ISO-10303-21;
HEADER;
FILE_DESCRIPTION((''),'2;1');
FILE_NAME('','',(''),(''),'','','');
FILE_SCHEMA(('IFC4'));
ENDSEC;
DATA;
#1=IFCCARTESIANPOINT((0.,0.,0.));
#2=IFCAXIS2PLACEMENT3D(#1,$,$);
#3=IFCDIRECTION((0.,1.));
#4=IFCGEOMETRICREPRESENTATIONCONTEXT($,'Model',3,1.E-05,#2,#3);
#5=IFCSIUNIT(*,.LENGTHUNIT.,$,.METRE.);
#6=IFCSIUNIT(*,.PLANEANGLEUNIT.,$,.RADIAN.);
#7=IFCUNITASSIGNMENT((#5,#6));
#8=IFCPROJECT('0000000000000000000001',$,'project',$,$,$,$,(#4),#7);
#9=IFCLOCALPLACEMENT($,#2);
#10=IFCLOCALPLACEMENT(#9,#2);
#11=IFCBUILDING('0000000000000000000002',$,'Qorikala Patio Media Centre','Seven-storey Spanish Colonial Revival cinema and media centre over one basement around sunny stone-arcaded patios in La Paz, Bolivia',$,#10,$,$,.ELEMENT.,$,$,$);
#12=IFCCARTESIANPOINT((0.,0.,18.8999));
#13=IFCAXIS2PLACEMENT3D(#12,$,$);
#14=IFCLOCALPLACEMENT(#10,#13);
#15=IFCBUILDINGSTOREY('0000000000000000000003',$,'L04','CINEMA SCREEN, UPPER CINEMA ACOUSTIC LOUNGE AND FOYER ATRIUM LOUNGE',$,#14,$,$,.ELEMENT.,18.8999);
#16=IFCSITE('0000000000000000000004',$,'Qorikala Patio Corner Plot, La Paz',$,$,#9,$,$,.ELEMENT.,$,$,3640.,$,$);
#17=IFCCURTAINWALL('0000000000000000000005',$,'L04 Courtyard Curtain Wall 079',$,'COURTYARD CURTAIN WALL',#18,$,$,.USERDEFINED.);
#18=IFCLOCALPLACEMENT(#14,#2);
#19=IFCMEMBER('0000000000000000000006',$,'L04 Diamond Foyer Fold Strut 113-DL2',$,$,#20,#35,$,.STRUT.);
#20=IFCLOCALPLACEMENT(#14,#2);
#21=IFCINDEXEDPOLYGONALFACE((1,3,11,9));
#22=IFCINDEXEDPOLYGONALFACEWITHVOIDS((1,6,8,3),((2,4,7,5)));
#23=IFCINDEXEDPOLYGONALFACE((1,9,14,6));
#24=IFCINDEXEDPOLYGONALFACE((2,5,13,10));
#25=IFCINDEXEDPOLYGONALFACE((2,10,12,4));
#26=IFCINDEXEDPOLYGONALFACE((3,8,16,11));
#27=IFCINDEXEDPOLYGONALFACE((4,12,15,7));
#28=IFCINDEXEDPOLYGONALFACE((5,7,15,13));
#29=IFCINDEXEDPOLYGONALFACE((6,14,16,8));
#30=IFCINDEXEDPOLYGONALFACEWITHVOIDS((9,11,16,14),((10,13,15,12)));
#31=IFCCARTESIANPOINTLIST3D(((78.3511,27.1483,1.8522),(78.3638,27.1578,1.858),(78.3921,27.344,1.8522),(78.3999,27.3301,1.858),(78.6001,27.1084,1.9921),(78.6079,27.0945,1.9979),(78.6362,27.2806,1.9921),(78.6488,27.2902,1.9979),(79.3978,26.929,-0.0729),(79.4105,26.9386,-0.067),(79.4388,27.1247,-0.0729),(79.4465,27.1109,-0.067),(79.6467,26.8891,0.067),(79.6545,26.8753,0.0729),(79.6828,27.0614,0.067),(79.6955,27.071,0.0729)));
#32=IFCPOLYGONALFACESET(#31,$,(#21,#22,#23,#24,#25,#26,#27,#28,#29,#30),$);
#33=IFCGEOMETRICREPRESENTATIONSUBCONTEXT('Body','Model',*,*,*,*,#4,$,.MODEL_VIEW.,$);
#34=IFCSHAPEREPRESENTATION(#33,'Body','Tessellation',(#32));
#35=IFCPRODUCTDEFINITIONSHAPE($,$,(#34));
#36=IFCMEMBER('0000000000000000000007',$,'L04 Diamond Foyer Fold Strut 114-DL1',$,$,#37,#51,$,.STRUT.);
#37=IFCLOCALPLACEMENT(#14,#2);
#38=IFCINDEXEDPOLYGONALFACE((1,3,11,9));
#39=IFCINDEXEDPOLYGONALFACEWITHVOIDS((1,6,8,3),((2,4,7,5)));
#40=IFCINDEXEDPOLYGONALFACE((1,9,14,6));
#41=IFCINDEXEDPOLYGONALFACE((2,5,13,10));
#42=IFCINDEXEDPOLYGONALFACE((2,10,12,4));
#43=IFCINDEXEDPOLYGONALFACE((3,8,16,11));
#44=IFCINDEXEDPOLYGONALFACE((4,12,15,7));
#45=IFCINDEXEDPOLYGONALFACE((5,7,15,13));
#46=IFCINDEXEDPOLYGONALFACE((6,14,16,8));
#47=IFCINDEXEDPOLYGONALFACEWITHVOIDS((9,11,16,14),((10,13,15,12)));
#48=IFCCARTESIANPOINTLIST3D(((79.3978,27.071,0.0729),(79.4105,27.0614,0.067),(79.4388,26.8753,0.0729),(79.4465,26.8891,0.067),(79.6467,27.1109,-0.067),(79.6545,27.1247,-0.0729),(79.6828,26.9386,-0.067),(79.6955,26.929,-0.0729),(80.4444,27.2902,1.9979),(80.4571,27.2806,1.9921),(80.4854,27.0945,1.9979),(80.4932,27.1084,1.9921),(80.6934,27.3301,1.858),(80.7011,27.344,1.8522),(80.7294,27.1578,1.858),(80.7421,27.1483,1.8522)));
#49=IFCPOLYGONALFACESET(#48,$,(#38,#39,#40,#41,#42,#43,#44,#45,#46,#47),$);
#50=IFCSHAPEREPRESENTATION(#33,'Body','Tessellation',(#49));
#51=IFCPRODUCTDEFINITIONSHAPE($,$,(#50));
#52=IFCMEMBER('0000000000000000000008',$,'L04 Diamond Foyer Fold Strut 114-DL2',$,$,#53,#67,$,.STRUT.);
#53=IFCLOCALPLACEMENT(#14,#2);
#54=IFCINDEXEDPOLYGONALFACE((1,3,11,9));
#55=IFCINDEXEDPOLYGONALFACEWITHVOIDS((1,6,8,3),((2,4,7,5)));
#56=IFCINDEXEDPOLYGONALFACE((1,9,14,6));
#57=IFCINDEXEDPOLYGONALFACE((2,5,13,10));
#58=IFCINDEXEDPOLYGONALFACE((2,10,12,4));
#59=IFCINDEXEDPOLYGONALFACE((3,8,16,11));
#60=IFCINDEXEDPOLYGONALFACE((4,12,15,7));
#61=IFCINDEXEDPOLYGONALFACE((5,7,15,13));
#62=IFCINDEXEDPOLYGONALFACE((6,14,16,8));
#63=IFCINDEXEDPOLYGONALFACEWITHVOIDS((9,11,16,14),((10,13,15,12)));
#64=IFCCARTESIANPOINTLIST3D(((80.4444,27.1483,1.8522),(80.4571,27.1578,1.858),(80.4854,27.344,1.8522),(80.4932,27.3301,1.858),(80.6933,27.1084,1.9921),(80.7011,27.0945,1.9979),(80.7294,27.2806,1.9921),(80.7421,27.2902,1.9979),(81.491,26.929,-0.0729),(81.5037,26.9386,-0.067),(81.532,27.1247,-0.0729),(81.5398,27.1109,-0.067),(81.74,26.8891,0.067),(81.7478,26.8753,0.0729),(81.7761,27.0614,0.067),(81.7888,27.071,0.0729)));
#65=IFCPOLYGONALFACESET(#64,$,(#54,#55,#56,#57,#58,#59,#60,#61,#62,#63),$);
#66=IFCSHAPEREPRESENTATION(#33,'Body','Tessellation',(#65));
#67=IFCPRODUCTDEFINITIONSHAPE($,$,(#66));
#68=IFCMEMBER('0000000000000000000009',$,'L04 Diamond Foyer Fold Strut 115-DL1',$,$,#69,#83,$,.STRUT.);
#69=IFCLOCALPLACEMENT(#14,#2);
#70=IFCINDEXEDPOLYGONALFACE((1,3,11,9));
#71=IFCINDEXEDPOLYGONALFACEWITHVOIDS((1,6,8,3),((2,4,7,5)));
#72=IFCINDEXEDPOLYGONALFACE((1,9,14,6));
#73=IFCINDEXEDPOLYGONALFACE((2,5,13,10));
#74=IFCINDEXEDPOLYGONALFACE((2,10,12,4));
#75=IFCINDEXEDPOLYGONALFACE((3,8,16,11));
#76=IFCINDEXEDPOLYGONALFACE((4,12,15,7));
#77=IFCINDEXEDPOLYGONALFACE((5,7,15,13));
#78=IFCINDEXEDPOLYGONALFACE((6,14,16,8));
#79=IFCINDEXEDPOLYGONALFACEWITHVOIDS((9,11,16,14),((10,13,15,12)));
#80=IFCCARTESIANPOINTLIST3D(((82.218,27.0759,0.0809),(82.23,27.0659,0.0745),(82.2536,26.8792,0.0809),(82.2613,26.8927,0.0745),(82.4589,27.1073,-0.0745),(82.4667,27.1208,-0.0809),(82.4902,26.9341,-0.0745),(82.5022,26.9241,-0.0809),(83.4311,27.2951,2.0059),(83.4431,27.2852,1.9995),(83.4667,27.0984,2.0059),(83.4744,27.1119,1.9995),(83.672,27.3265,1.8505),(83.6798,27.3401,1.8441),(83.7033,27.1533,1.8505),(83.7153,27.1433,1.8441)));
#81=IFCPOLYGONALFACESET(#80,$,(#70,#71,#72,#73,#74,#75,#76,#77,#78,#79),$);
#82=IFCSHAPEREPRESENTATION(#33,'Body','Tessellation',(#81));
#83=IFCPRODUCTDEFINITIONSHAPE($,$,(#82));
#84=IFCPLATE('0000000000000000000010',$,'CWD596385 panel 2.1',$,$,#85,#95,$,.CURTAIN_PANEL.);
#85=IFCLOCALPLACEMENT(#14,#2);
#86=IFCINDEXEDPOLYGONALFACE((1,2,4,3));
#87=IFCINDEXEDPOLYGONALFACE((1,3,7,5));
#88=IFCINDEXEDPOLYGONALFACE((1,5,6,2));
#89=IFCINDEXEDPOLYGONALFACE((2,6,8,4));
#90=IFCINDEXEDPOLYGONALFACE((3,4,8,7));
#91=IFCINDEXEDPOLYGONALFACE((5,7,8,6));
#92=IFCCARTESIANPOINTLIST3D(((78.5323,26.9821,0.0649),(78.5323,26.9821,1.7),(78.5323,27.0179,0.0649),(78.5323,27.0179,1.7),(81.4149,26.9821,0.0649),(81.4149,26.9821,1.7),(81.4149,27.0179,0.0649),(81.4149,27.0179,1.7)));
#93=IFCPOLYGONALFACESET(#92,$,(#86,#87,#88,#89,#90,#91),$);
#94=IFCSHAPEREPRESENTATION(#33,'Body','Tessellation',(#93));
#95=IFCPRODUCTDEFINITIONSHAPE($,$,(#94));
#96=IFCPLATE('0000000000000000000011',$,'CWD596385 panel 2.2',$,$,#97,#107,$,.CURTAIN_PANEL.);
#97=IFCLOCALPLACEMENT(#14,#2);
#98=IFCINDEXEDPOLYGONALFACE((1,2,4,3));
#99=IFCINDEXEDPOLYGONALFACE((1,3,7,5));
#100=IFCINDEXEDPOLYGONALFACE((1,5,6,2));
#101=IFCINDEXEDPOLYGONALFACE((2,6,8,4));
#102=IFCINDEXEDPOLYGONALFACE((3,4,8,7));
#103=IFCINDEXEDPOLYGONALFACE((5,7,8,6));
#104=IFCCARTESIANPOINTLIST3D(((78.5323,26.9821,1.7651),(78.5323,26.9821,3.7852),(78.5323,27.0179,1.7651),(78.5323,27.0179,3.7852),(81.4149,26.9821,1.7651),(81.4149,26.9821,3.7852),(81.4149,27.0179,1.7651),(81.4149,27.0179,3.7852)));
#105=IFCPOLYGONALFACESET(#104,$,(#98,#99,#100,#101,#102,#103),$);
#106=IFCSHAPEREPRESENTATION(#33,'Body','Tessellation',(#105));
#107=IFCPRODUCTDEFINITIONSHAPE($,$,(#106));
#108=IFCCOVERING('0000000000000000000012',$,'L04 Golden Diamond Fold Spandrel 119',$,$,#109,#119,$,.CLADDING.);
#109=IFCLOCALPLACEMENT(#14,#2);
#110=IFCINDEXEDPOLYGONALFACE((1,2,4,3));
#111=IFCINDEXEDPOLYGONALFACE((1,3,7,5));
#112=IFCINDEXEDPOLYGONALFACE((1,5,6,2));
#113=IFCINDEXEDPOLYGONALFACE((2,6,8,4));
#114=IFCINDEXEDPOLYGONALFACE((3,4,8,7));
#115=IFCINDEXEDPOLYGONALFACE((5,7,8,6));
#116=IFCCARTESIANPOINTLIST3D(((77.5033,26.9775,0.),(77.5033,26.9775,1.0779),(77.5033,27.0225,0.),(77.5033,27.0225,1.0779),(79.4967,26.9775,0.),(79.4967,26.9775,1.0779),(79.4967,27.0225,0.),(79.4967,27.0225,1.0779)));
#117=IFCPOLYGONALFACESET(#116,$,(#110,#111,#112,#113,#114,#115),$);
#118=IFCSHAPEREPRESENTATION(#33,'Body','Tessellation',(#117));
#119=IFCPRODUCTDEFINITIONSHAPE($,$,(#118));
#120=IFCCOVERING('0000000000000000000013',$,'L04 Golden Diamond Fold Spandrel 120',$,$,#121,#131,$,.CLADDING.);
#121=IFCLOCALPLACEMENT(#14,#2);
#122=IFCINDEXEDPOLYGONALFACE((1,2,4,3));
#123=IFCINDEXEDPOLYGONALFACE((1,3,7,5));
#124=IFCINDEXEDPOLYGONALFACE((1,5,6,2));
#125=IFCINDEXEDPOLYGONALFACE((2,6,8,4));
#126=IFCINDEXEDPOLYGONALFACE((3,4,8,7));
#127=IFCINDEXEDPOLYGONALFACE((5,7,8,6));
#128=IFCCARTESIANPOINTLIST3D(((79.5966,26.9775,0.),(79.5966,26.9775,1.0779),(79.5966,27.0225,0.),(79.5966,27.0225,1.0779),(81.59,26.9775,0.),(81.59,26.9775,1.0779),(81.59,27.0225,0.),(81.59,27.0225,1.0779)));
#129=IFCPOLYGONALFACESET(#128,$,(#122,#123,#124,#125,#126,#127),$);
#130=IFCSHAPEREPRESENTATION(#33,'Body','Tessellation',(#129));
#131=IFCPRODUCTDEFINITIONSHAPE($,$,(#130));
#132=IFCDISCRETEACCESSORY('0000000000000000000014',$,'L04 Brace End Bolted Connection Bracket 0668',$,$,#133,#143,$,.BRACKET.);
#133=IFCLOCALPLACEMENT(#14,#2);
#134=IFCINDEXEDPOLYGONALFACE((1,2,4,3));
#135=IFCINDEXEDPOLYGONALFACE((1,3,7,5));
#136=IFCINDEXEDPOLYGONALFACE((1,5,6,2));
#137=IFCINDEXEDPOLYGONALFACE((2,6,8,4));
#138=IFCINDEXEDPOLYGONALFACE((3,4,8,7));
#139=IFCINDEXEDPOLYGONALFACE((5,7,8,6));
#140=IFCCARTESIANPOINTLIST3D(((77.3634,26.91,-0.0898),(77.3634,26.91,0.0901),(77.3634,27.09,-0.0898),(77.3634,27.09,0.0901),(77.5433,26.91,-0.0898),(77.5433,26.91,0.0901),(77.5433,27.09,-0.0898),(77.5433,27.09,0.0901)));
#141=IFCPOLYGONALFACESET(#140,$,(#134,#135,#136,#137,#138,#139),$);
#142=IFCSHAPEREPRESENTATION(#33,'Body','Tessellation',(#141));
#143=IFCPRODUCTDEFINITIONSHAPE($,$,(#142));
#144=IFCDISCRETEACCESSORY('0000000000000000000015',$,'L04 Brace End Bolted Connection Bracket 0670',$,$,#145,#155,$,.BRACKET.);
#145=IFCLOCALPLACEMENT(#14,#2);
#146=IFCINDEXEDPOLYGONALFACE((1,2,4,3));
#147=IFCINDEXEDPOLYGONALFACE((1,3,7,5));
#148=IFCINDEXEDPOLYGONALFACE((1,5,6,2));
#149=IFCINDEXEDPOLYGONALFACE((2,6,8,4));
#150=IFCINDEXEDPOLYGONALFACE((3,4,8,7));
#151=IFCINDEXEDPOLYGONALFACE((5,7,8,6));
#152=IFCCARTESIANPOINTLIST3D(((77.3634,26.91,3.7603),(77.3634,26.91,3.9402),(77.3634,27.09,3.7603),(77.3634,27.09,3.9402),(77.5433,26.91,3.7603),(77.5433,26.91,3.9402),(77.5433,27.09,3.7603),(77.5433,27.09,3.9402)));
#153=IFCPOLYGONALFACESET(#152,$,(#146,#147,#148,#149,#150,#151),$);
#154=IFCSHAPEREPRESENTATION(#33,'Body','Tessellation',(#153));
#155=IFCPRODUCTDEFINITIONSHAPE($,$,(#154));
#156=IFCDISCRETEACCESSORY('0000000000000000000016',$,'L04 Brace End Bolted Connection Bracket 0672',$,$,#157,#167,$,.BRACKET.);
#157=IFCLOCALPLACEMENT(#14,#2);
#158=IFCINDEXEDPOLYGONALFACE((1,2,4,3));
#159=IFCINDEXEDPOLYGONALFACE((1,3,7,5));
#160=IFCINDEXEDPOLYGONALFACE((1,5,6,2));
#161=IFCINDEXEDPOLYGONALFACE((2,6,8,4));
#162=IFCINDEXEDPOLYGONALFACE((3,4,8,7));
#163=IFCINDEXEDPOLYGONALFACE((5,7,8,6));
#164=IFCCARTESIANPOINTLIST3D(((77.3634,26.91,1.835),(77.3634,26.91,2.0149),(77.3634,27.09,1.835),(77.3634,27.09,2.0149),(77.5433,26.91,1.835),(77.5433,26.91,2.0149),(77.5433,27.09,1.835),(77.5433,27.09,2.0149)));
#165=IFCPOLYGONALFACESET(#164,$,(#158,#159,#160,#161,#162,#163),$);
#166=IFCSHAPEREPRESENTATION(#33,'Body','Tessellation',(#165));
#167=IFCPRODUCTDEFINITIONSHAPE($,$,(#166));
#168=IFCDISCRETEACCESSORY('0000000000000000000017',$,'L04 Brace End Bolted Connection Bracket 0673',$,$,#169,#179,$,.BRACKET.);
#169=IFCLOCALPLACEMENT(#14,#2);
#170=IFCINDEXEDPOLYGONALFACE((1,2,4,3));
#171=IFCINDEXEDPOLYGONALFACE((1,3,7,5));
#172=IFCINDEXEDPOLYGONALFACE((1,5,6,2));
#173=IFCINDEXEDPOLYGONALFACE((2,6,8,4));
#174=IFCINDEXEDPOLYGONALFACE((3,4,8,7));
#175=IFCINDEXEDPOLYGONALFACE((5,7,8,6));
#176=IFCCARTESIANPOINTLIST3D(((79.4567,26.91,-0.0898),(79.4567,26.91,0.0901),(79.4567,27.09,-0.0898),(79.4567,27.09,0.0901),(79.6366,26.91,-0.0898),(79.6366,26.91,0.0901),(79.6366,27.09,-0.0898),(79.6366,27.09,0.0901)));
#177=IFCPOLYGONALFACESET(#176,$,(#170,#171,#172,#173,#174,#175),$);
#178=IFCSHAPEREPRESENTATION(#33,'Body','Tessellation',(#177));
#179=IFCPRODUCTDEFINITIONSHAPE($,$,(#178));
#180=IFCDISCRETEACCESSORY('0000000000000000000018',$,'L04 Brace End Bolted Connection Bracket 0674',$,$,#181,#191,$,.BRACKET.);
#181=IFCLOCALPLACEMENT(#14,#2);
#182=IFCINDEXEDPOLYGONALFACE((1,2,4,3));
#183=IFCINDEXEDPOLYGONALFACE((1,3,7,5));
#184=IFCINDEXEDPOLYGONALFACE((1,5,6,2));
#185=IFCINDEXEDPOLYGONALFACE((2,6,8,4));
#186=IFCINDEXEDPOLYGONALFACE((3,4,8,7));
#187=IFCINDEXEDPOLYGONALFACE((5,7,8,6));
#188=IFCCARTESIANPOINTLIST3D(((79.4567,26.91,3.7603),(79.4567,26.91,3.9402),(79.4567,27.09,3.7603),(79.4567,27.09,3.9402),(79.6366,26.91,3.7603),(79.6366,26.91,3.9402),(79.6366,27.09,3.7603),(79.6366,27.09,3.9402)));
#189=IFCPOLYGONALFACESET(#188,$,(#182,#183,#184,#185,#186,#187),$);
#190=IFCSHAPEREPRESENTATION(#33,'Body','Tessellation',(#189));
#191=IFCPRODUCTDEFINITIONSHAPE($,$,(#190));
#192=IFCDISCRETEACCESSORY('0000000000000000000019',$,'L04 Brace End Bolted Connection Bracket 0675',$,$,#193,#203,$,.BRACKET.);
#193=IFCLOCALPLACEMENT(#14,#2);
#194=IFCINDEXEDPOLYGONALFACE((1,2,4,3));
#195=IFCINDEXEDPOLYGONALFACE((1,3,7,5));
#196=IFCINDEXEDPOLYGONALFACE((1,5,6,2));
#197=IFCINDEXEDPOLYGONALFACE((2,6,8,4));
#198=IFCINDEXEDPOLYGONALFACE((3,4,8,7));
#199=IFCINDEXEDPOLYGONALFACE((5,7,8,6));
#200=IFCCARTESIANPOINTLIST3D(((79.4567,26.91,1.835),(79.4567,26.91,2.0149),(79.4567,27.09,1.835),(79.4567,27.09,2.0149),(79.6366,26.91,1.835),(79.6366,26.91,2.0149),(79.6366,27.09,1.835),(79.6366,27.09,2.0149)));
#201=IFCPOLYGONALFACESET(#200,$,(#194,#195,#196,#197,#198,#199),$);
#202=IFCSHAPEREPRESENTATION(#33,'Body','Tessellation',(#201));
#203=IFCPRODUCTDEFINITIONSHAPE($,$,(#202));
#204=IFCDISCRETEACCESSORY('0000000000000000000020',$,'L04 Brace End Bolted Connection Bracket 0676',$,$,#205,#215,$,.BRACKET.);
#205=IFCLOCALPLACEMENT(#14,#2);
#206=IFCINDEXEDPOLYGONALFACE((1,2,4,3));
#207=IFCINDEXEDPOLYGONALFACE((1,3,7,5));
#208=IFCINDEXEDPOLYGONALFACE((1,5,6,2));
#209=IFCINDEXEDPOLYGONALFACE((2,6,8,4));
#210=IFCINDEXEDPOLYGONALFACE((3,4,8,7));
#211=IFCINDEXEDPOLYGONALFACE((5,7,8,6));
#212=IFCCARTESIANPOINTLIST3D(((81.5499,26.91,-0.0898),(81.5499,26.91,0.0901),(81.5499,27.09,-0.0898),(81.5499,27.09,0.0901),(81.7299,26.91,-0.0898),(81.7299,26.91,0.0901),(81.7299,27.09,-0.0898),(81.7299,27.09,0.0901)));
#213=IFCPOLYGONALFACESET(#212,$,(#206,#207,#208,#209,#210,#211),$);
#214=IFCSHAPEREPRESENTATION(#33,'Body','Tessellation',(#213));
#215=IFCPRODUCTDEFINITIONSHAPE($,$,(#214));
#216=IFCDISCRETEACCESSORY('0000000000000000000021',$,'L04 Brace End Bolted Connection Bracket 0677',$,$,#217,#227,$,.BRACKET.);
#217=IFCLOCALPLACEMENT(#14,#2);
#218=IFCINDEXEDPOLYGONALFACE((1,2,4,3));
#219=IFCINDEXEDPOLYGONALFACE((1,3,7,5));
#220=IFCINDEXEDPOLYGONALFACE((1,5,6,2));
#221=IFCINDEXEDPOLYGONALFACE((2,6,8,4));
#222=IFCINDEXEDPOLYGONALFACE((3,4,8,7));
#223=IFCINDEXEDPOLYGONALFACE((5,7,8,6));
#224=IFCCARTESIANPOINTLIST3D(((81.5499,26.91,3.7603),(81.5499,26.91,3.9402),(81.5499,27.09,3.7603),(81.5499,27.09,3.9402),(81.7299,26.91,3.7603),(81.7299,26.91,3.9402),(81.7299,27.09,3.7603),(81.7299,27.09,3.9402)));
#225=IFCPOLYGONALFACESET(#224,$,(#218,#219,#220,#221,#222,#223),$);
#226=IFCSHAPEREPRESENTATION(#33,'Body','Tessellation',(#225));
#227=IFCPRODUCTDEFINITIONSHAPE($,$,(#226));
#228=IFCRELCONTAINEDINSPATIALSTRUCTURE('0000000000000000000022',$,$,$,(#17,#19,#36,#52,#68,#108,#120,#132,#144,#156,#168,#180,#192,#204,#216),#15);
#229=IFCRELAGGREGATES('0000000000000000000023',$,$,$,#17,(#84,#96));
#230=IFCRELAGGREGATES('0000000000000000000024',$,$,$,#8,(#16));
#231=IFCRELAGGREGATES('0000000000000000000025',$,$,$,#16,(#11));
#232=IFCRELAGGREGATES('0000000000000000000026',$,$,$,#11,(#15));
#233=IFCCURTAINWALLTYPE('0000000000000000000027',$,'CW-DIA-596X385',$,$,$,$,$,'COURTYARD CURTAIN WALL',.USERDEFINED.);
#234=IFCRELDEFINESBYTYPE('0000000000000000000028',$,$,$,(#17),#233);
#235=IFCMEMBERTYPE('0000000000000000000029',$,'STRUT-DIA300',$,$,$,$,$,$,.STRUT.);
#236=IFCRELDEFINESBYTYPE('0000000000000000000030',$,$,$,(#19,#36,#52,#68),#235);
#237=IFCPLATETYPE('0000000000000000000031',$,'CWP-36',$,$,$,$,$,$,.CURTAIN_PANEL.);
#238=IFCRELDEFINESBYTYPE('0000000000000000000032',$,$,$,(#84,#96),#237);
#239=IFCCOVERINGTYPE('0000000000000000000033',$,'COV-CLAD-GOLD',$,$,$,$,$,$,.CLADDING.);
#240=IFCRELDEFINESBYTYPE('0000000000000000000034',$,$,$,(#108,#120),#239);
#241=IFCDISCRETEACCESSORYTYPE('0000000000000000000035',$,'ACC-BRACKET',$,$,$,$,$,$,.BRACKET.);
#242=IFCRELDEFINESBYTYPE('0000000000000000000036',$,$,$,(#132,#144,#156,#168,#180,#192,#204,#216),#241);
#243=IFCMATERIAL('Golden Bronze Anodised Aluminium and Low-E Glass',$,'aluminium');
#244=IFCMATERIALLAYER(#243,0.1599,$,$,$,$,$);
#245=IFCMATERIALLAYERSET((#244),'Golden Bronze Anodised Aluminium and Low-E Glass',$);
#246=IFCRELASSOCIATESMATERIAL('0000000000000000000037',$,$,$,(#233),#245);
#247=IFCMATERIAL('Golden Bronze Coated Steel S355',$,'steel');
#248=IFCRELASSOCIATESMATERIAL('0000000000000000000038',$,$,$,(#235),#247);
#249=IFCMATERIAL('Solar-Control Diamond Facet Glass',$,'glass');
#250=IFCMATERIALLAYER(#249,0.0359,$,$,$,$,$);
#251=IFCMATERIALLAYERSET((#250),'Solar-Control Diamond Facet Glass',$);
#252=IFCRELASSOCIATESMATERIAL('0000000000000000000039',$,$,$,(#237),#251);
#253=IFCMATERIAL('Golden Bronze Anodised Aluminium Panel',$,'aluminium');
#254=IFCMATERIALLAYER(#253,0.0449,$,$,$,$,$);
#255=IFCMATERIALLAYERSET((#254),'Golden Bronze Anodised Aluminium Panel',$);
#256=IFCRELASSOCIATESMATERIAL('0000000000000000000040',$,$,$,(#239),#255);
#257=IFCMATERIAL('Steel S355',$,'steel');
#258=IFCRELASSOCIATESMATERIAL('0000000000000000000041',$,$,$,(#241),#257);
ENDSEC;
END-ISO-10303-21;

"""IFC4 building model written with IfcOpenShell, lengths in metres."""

from ifc_helpers import new_model, si_unit, direction, frame, origin, origin_2d, place, context, subcontext, project, spatial, rectangle, hollow_rectangle, extrude, material, layer, layer_set, material_profile, profile_set, type_object, element, aggregate, save


model = new_model("IFC4")

# Units and contexts
model_context = context("Model", 3, precision=1e-05, world=origin(), true_north=direction((0.0, 1.0)))
body_context = subcontext(model_context, "Body", "Model", "MODEL_VIEW")
ifc_project = project(units=[si_unit("LENGTHUNIT", "METRE"), si_unit("PLANEANGLEUNIT", "RADIAN")], contexts=[model_context])

# Site, building, storey
site_placement = place(None, origin())
site = spatial("IfcSite", under=ifc_project, at=site_placement, Name="Qorikala Patio Corner Plot, La Paz", CompositionType="ELEMENT", RefElevation=3640.0)
building_placement = place(site_placement, origin())
building = spatial("IfcBuilding", under=site, at=building_placement, Name="Qorikala Patio Media Centre", Description="Seven-storey Spanish Colonial Revival cinema and media centre over one basement around sunny stone-arcaded patios in La Paz, Bolivia", CompositionType="ELEMENT")
storey_placement = place(building_placement, frame((0.0, 0.0, 18.8999)))
storey = spatial("IfcBuildingStorey", under=building, at=storey_placement, Name="L04", Description="CINEMA SCREEN, UPPER CINEMA ACOUSTIC LOUNGE AND FOYER ATRIUM LOUNGE", CompositionType="ELEMENT", Elevation=18.8999)

# Shared definitions
ifc_material_1 = material(Name="Golden Bronze Coated Steel S355", Category="steel")

# Curtain wall
ifc_material_2 = material(Name="Golden Bronze Anodised Aluminium and Low-E Glass", Category="aluminium")
ifc_layer_1 = layer(ifc_material_2, 0.1599)
ifc_layer_set_1 = layer_set([ifc_layer_1], Name="Golden Bronze Anodised Aluminium and Low-E Glass")
curtain_wall_type = type_object("IfcCurtainWallType", Name="CW-DIA-596X385", ElementType="COURTYARD CURTAIN WALL", PredefinedType="USERDEFINED", material=ifc_layer_set_1)
curtain_wall_placement = place(storey_placement, origin())
curtain_wall = element("IfcCurtainWall", 1, at=curtain_wall_placement, inside=storey, type_object=curtain_wall_type, Name="L04 Courtyard Curtain Wall 079", ObjectType="COURTYARD CURTAIN WALL", PredefinedType="USERDEFINED")

# Members
ifc_material_profile_1 = material_profile(ifc_material_1, hollow_rectangle(XDim=0.2, YDim=0.3, WallThickness=0.012, at=origin_2d()), Name="HSS300X200X12")
ifc_profile_set_1 = profile_set([ifc_material_profile_1], Name="Golden Bronze Coated Steel S355")
member_type_1 = type_object("IfcMemberType", Name="STRUT-DIA300", PredefinedType="STRUT", material=ifc_profile_set_1)
for number, where, z_axis, x_axis, name in (
    (2, (79.5466, 27.0, 0.0), (-0.475284, 0.099558, 0.874181), (-0.205021, -0.978758, 0.0), "L04 Diamond Foyer Fold Strut 113-DL2"),
    (3, (79.5466, 27.0, 0.0), (0.475284, 0.099558, 0.874181), (-0.205021, 0.978758, 0.0), "L04 Diamond Foyer Fold Strut 114-DL1"),
    (4, (81.6399, 27.0, 0.0), (-0.475284, 0.099558, 0.874181), (-0.205021, -0.978758, 0.0), "L04 Diamond Foyer Fold Strut 114-DL2"),
):
    element("IfcMember", number, at=place(storey_placement, frame(where, z_axis=z_axis, x_axis=x_axis)), inside=storey, type_object=member_type_1, Name=name, PredefinedType="STRUT", context=body_context, shape_type="SweptSolid", body=[
        extrude(hollow_rectangle(XDim=0.2, YDim=0.3, WallThickness=0.012, at=origin_2d()), origin(), (0.0, 0.0, 1.0), 2.2021),
    ])
member_1_placement = place(storey_placement, frame((82.3601, 27.0, 0.0), z_axis=(0.530691, 0.095907, 0.842121), x_axis=(-0.17784, 0.984059, 0.0)))
element("IfcMember", 5, at=member_1_placement, inside=storey, type_object=member_type_1, Name="L04 Diamond Foyer Fold Strut 115-DL1", PredefinedType="STRUT", context=body_context, shape_type="SweptSolid", body=[
    extrude(hollow_rectangle(XDim=0.2, YDim=0.3, WallThickness=0.012, at=origin_2d()), origin(), (0.0, 0.0, 1.0), 2.2859),
])

# Plates
ifc_material_3 = material(Name="Solar-Control Diamond Facet Glass", Category="glass")
ifc_layer_2 = layer(ifc_material_3, 0.0359)
ifc_layer_set_2 = layer_set([ifc_layer_2], Name="Solar-Control Diamond Facet Glass")
plate_type = type_object("IfcPlateType", Name="CWP-36", PredefinedType="CURTAIN_PANEL", material=ifc_layer_set_2)
plate_1_placement = place(storey_placement, frame((79.9736, 27.0, 0.0649), z_axis=(0.0, 0.0, 1.0), x_axis=(1.0, 0.0, 0.0)))
plate_1 = element("IfcPlate", 6, at=plate_1_placement, type_object=plate_type, Name="CWD596385 panel 2.1", PredefinedType="CURTAIN_PANEL", context=body_context, shape_type="SweptSolid", body=[
    extrude(rectangle(XDim=2.8826, YDim=0.0359, at=origin_2d()), origin(), (0.0, 0.0, 1.0), 1.635),
])
plate_2_placement = place(storey_placement, frame((79.9736, 27.0, 1.7651), z_axis=(0.0, 0.0, 1.0), x_axis=(1.0, 0.0, 0.0)))
plate_2 = element("IfcPlate", 7, at=plate_2_placement, type_object=plate_type, Name="CWD596385 panel 2.2", PredefinedType="CURTAIN_PANEL", context=body_context, shape_type="SweptSolid", body=[
    extrude(rectangle(XDim=2.8826, YDim=0.0359, at=origin_2d()), origin(), (0.0, 0.0, 1.0), 2.02),
])
aggregate(curtain_wall, [plate_1, plate_2])

# Coverings
ifc_material_4 = material(Name="Golden Bronze Anodised Aluminium Panel", Category="aluminium")
ifc_layer_3 = layer(ifc_material_4, 0.0449)
ifc_layer_set_3 = layer_set([ifc_layer_3], Name="Golden Bronze Anodised Aluminium Panel")
covering_type = type_object("IfcCoveringType", Name="COV-CLAD-GOLD", PredefinedType="CLADDING", material=ifc_layer_set_3)
for number, where, z_axis, x_axis, name in (
    (8, (78.5, 27.0, 0.0), (0.0, 0.0, 1.0), (1.0, 0.0, 0.0), "L04 Golden Diamond Fold Spandrel 119"),
    (9, (80.5933, 27.0, 0.0), (0.0, 0.0, 1.0), (1.0, 0.0, 0.0), "L04 Golden Diamond Fold Spandrel 120"),
):
    element("IfcCovering", number, at=place(storey_placement, frame(where, z_axis=z_axis, x_axis=x_axis)), inside=storey, type_object=covering_type, Name=name, PredefinedType="CLADDING", context=body_context, shape_type="SweptSolid", body=[
        extrude(rectangle(XDim=1.9934, YDim=0.0449, at=origin_2d()), origin(), (0.0, 0.0, 1.0), 1.0779),
    ])

# Discrete accessories
ifc_material_5 = material(Name="Steel S355", Category="steel")
discrete_accessory_type = type_object("IfcDiscreteAccessoryType", Name="ACC-BRACKET", PredefinedType="BRACKET", material=ifc_material_5)
for number, where, z_axis, x_axis, name in (
    (10, (77.4534, 27.0, -0.0898), (0.0, 0.0, 1.0), (1.0, 0.0, 0.0), "L04 Brace End Bolted Connection Bracket 0668"),
    (11, (77.4534, 27.0, 3.7603), (0.0, 0.0, 1.0), (1.0, 0.0, 0.0), "L04 Brace End Bolted Connection Bracket 0670"),
    (12, (77.4534, 27.0, 1.835), (0.0, 0.0, 1.0), (1.0, 0.0, 0.0), "L04 Brace End Bolted Connection Bracket 0672"),
    (13, (79.5466, 27.0, -0.0898), (0.0, 0.0, 1.0), (1.0, 0.0, 0.0), "L04 Brace End Bolted Connection Bracket 0673"),
    (14, (79.5466, 27.0, 3.7603), (0.0, 0.0, 1.0), (1.0, 0.0, 0.0), "L04 Brace End Bolted Connection Bracket 0674"),
    (15, (79.5466, 27.0, 1.835), (0.0, 0.0, 1.0), (1.0, 0.0, 0.0), "L04 Brace End Bolted Connection Bracket 0675"),
    (16, (81.6399, 27.0, -0.0898), (0.0, 0.0, 1.0), (1.0, 0.0, 0.0), "L04 Brace End Bolted Connection Bracket 0676"),
    (17, (81.6399, 27.0, 3.7603), (0.0, 0.0, 1.0), (1.0, 0.0, 0.0), "L04 Brace End Bolted Connection Bracket 0677"),
):
    element("IfcDiscreteAccessory", number, at=place(storey_placement, frame(where, z_axis=z_axis, x_axis=x_axis)), inside=storey, type_object=discrete_accessory_type, Name=name, PredefinedType="BRACKET", context=body_context, shape_type="SweptSolid", body=[
        extrude(rectangle(XDim=0.1799, YDim=0.1799, at=origin_2d()), origin(), (0.0, 0.0, 1.0), 0.1799),
    ])

save(model, "model.ifc")
